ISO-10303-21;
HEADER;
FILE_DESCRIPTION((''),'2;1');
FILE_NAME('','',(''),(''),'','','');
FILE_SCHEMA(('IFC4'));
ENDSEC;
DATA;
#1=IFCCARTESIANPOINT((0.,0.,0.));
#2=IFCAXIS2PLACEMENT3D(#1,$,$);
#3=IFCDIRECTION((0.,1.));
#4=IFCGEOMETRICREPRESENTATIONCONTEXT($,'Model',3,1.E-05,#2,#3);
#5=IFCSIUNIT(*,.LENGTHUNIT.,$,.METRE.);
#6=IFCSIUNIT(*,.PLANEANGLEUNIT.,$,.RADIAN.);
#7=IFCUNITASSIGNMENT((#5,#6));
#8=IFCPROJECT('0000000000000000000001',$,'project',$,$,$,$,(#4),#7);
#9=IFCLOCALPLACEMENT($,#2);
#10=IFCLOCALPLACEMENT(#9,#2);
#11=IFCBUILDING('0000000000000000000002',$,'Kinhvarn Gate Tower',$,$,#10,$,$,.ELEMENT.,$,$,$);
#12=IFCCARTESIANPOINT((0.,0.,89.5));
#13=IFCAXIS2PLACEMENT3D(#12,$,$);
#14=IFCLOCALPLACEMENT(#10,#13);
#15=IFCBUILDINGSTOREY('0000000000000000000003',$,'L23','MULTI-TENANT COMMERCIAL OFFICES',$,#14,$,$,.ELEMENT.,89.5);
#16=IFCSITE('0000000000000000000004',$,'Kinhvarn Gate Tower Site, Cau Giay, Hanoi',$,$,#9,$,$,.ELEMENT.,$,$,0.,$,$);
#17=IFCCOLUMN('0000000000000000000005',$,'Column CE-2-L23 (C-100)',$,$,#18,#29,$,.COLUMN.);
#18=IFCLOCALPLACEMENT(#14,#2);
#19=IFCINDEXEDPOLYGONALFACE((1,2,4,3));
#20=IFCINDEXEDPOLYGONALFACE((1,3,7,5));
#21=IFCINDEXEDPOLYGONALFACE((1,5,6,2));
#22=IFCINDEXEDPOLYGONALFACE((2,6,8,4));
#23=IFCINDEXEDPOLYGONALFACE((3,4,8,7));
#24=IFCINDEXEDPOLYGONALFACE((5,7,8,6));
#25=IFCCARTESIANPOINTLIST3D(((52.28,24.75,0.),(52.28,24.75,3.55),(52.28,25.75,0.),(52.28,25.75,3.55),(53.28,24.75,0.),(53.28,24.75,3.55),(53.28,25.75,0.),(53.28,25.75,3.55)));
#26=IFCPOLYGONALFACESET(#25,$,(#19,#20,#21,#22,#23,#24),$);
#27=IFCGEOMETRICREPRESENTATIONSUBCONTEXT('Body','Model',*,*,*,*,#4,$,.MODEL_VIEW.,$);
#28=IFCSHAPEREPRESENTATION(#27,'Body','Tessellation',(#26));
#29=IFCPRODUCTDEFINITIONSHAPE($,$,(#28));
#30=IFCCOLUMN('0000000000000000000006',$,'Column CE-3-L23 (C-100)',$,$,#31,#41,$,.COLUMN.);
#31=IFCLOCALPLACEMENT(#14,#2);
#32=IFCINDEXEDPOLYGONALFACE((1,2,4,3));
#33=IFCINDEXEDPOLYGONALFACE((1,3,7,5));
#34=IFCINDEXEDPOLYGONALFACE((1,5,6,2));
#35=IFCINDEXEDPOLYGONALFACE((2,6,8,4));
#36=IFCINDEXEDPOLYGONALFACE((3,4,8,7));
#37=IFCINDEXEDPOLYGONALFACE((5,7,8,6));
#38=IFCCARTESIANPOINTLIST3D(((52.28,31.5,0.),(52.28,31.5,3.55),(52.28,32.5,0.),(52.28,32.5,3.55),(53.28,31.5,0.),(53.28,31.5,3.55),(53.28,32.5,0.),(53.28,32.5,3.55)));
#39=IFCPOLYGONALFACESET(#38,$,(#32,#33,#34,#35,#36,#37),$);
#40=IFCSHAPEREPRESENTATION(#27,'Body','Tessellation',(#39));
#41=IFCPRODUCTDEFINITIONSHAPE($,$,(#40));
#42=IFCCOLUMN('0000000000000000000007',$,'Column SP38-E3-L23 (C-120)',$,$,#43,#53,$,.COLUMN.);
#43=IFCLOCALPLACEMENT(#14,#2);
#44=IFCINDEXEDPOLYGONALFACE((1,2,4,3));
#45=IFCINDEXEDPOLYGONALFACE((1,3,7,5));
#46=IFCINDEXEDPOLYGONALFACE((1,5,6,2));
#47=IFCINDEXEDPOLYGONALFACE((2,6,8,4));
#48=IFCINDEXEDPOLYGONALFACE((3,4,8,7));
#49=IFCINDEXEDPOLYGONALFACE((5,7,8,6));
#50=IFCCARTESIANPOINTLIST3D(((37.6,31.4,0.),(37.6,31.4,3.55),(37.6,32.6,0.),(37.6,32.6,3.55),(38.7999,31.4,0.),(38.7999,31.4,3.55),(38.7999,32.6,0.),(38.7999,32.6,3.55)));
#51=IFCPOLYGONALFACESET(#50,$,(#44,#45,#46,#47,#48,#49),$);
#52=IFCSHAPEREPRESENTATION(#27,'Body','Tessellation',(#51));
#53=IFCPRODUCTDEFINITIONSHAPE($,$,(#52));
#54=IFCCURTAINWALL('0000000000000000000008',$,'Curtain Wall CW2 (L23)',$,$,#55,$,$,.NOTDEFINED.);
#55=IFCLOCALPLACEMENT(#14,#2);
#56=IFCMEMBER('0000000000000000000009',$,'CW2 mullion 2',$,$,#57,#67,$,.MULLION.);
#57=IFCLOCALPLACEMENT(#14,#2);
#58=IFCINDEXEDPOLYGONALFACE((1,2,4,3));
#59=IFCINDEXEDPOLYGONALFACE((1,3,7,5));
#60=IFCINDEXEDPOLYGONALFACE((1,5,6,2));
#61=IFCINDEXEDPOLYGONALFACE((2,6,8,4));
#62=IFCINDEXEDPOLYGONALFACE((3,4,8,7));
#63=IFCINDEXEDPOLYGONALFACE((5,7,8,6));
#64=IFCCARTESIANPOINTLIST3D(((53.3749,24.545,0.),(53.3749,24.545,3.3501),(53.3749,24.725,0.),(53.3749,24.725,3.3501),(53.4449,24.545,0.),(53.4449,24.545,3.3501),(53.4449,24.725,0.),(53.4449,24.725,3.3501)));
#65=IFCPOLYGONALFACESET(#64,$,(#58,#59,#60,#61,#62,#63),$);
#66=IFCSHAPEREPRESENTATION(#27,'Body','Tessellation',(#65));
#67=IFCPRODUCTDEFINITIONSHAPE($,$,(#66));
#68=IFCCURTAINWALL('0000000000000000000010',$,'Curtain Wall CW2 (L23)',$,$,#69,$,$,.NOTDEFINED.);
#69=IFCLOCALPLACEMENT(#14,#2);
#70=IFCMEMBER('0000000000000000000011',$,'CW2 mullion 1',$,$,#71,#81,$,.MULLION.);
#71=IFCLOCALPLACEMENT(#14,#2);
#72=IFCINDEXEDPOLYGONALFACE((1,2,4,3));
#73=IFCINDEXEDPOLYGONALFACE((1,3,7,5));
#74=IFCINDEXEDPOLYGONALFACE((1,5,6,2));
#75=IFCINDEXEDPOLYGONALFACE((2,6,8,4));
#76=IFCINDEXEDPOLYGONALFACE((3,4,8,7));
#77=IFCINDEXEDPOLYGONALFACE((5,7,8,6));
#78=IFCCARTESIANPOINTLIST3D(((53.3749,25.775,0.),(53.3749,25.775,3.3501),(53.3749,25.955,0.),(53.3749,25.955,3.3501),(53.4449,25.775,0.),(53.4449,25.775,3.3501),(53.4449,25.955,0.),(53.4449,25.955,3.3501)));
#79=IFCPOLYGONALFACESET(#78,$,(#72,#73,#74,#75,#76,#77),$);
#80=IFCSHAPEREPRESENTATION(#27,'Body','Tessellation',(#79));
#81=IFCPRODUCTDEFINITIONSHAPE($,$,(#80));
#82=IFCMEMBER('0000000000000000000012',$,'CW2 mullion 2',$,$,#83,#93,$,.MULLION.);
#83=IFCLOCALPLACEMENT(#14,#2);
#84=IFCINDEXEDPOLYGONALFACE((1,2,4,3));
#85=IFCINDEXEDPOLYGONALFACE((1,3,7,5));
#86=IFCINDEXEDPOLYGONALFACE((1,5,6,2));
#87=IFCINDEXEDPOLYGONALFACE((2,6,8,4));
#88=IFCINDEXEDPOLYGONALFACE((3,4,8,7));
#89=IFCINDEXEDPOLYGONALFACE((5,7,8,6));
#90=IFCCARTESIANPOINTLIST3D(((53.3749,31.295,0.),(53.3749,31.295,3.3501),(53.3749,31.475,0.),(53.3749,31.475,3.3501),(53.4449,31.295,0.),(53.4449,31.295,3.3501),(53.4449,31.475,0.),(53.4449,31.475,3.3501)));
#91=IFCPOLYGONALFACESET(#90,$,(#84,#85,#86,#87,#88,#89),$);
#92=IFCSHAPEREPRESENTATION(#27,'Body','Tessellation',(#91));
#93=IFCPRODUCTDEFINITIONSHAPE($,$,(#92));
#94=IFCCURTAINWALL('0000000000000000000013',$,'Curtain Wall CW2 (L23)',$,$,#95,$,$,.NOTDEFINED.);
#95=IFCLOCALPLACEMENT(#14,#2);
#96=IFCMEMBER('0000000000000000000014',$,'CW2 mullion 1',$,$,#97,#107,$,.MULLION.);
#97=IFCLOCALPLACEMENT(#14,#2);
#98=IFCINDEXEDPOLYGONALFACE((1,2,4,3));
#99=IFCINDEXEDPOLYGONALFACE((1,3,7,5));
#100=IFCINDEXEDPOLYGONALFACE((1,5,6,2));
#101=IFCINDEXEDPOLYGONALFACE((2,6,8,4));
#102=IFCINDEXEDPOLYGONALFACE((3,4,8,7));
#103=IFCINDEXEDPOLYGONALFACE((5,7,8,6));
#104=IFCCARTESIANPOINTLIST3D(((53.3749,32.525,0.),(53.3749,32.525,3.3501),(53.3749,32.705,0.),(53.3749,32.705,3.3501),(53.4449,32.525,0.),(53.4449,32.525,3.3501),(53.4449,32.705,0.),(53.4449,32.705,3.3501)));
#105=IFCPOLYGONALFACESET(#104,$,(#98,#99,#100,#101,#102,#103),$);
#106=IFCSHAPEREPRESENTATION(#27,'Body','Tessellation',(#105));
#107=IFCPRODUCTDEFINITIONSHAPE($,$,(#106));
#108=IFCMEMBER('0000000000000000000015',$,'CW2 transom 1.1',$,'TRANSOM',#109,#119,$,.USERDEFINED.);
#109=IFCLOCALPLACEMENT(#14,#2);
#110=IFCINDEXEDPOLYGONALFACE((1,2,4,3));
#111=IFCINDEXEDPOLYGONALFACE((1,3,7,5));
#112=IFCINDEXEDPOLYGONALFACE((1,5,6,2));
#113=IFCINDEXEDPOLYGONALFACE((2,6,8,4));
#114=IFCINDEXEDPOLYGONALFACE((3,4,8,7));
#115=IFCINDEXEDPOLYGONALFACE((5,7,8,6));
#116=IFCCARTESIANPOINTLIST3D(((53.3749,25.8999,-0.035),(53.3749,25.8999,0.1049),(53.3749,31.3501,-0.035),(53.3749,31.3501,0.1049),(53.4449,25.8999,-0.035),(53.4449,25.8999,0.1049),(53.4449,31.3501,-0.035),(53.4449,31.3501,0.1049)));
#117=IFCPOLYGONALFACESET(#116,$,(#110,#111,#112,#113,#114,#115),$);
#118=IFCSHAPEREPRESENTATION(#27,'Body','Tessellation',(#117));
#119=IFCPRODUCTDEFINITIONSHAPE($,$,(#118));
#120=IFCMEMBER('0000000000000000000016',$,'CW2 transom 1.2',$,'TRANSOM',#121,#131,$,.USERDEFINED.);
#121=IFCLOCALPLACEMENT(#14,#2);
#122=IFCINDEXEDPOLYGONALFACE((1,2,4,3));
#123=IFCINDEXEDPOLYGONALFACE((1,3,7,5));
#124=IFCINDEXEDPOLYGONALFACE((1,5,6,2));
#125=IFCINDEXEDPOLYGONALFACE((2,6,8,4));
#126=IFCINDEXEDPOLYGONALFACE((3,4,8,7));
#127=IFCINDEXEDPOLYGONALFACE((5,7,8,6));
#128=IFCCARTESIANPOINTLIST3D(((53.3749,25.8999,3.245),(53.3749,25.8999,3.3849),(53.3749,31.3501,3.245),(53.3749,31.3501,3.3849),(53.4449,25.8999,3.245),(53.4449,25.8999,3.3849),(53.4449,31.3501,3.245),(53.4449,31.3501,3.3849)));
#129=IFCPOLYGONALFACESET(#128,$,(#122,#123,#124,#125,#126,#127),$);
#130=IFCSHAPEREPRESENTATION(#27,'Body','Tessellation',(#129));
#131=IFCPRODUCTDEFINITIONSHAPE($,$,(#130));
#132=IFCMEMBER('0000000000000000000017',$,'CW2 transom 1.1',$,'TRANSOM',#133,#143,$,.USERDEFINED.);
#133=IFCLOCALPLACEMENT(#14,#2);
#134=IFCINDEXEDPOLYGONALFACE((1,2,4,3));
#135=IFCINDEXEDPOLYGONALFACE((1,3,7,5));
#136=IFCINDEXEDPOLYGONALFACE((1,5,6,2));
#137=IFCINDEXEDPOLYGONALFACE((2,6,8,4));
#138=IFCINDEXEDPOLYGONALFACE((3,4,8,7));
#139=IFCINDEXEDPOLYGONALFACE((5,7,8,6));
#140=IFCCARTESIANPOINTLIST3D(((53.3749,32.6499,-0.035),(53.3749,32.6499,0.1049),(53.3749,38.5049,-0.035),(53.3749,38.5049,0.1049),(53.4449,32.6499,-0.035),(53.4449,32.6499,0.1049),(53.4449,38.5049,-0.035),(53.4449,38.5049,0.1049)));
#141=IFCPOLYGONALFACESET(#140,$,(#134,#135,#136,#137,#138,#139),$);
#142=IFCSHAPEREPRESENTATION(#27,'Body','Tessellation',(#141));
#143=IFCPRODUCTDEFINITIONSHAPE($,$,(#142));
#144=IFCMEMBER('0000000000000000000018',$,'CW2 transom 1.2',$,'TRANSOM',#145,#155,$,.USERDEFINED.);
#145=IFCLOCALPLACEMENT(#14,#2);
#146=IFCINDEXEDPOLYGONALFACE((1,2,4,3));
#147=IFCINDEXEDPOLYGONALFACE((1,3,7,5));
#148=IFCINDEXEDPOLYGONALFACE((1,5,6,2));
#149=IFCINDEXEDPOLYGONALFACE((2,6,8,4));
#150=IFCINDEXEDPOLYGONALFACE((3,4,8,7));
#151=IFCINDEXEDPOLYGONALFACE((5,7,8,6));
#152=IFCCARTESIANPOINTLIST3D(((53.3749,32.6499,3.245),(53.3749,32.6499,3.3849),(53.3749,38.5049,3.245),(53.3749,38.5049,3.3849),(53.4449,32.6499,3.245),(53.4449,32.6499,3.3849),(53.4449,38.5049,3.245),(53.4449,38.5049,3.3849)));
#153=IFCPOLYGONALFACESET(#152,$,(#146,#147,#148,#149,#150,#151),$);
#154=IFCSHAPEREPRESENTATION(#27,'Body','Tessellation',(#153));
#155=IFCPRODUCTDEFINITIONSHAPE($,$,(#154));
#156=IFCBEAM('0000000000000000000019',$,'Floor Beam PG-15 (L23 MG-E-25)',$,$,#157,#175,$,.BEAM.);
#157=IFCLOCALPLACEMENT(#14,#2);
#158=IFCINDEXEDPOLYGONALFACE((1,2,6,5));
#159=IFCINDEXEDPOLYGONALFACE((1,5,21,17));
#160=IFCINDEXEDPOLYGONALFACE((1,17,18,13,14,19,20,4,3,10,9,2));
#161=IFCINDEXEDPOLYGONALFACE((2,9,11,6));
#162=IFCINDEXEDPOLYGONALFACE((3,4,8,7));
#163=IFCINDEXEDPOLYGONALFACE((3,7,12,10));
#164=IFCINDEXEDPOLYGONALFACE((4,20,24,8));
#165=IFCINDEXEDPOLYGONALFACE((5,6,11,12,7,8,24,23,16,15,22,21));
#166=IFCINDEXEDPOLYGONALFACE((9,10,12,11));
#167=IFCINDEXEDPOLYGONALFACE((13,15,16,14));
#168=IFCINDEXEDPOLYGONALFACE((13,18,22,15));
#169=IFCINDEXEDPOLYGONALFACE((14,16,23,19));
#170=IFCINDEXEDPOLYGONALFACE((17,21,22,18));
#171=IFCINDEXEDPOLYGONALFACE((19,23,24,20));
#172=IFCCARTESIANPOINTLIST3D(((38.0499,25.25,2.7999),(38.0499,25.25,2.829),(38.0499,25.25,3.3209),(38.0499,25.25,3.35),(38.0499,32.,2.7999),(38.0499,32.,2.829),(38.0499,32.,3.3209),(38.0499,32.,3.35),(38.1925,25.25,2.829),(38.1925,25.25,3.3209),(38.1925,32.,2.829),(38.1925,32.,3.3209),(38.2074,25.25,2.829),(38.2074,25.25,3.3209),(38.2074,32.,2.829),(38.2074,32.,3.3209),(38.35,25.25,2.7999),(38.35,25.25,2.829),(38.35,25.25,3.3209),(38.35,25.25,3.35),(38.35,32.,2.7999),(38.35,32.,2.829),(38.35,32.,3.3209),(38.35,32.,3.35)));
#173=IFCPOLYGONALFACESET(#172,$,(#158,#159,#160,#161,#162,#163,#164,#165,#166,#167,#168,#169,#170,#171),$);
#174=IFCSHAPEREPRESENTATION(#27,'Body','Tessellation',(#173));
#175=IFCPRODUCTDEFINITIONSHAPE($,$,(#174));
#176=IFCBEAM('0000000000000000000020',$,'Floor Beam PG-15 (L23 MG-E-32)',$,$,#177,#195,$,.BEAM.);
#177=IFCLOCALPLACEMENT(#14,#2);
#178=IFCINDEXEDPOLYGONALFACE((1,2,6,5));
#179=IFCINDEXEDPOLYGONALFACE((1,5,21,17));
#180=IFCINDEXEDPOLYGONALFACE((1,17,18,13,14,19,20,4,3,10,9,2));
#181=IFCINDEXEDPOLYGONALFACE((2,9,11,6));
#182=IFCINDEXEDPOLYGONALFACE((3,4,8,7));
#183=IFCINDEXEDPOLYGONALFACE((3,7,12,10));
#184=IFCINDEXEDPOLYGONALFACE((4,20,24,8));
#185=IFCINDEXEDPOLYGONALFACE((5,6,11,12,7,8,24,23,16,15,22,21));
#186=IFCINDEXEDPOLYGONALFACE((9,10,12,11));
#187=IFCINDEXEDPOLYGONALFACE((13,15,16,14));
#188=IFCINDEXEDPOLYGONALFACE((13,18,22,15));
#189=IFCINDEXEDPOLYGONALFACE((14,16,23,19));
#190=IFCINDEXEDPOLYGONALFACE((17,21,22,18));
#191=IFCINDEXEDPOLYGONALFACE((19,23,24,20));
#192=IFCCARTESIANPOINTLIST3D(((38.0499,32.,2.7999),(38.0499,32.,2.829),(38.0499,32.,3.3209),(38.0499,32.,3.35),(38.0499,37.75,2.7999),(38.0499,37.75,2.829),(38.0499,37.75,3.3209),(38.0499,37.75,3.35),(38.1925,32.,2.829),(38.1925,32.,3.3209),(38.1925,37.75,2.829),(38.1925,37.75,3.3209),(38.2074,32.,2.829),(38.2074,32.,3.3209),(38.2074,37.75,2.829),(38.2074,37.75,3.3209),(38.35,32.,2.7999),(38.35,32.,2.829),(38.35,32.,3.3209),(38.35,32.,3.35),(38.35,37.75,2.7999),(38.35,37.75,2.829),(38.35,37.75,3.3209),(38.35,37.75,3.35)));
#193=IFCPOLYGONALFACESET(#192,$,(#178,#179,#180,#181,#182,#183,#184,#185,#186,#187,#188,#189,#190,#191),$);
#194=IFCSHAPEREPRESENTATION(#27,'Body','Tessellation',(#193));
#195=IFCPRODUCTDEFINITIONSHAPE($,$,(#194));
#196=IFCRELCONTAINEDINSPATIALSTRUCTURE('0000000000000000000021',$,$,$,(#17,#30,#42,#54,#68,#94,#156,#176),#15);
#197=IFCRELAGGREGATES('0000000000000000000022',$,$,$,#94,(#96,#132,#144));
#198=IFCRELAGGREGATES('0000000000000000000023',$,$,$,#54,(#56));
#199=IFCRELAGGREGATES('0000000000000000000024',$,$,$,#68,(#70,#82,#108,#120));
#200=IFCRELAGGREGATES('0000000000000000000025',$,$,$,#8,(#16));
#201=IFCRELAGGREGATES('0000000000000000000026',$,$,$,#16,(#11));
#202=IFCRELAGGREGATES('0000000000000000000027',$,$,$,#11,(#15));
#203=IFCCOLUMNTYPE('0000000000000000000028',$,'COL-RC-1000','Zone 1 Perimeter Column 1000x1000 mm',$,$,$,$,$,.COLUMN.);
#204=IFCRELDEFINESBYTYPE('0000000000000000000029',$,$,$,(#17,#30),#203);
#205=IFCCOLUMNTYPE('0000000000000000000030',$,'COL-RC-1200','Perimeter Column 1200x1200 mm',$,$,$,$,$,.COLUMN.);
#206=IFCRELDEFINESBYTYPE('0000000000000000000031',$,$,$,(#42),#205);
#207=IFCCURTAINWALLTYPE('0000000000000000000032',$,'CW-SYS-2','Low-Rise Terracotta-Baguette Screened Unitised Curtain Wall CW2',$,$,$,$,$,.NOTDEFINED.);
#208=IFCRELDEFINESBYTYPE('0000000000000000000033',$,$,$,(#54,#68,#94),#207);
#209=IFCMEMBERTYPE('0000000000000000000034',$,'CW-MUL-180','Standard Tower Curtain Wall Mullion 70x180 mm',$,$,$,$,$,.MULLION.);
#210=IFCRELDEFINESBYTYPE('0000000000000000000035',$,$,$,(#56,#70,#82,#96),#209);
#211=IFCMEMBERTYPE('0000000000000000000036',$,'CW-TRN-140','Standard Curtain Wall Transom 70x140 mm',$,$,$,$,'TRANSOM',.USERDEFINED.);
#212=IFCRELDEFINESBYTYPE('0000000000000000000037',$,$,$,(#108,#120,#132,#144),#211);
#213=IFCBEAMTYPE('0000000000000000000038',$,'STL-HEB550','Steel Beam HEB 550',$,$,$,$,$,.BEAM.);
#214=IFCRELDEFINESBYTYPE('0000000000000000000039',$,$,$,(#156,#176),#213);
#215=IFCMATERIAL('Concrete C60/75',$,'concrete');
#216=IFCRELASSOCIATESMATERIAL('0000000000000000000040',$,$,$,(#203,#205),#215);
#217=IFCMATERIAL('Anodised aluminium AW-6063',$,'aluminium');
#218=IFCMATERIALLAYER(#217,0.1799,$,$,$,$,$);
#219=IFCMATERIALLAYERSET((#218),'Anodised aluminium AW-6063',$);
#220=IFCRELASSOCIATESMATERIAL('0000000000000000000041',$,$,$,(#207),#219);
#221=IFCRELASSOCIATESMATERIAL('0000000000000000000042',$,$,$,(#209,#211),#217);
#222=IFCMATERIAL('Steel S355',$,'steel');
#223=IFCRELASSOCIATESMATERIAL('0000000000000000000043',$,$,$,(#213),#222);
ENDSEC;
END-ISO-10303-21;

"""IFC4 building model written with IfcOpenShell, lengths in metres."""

from ifc_helpers import new_model, si_unit, direction, frame, origin, origin_2d, place, context, subcontext, project, spatial, rectangle, i_section, extrude, material, layer, layer_set, material_profile, profile_set, type_object, element, aggregate, save


model = new_model("IFC4")

# Units and contexts
model_context = context("Model", 3, precision=1e-05, world=origin(), true_north=direction((0.0, 1.0)))
body_context = subcontext(model_context, "Body", "Model", "MODEL_VIEW")
ifc_project = project(units=[si_unit("LENGTHUNIT", "METRE"), si_unit("PLANEANGLEUNIT", "RADIAN")], contexts=[model_context])

# Site, building, storey
site_placement = place(None, origin())
site = spatial("IfcSite", under=ifc_project, at=site_placement, Name="Kinhvarn Gate Tower Site, Cau Giay, Hanoi", CompositionType="ELEMENT", RefElevation=0.0)
building_placement = place(site_placement, origin())
building = spatial("IfcBuilding", under=site, at=building_placement, Name="Kinhvarn Gate Tower", CompositionType="ELEMENT")
storey_placement = place(building_placement, frame((0.0, 0.0, 89.5)))
storey = spatial("IfcBuildingStorey", under=building, at=storey_placement, Name="L23", Description="MULTI-TENANT COMMERCIAL OFFICES", CompositionType="ELEMENT", Elevation=89.5)

# Columns
ifc_material_1 = material(Name="Concrete C60/75", Category="concrete")
ifc_material_profile_1 = material_profile(ifc_material_1, rectangle(XDim=1.0, YDim=1.0, at=origin_2d()), Name="RC 1000x1000")
ifc_profile_set_1 = profile_set([ifc_material_profile_1], Name="Concrete C60/75")
column_type_1 = type_object("IfcColumnType", Name="COL-RC-1000", Description="Zone 1 Perimeter Column 1000x1000 mm", PredefinedType="COLUMN", material=ifc_profile_set_1)
for number, where, z_axis, x_axis, name in (
    (1, (52.78, 25.25, 0.0), (0.0, 0.0, 1.0), (1.0, 0.0, 0.0), "Column CE-2-L23 (C-100)"),
    (2, (52.78, 32.0, 0.0), (0.0, 0.0, 1.0), (1.0, 0.0, 0.0), "Column CE-3-L23 (C-100)"),
):
    element("IfcColumn", number, at=place(storey_placement, frame(where, z_axis=z_axis, x_axis=x_axis)), inside=storey, type_object=column_type_1, Name=name, PredefinedType="COLUMN", context=body_context, shape_type="SweptSolid", body=[
        extrude(rectangle(XDim=1.0, YDim=1.0, at=origin_2d()), origin(), (0.0, 0.0, 1.0), 3.55),
    ])
ifc_material_profile_2 = material_profile(ifc_material_1, rectangle(XDim=1.2, YDim=1.2, at=origin_2d()), Name="RC 1200x1200")
ifc_profile_set_2 = profile_set([ifc_material_profile_2], Name="Concrete C60/75")
column_type_2 = type_object("IfcColumnType", Name="COL-RC-1200", Description="Perimeter Column 1200x1200 mm", PredefinedType="COLUMN", material=ifc_profile_set_2)
column_placement = place(storey_placement, frame((38.2, 32.0, 0.0), z_axis=(0.0, 0.0, 1.0), x_axis=(1.0, 0.0, 0.0)))
element("IfcColumn", 3, at=column_placement, inside=storey, type_object=column_type_2, Name="Column SP38-E3-L23 (C-120)", PredefinedType="COLUMN", context=body_context, shape_type="SweptSolid", body=[
    extrude(rectangle(XDim=1.2, YDim=1.2, at=origin_2d()), origin(), (0.0, 0.0, 1.0), 3.55),
])

# Curtain wall, member
ifc_material_2 = material(Name="Anodised aluminium AW-6063", Category="aluminium")
ifc_layer_1 = layer(ifc_material_2, 0.1799)
ifc_layer_set_1 = layer_set([ifc_layer_1], Name="Anodised aluminium AW-6063")
curtain_wall_type = type_object("IfcCurtainWallType", Name="CW-SYS-2", Description="Low-Rise Terracotta-Baguette Screened Unitised Curtain Wall CW2", PredefinedType="NOTDEFINED", material=ifc_layer_set_1)
curtain_wall_1_placement = place(storey_placement, origin())
curtain_wall_1 = element("IfcCurtainWall", 4, at=curtain_wall_1_placement, inside=storey, type_object=curtain_wall_type, Name="Curtain Wall CW2 (L23)", PredefinedType="NOTDEFINED")
ifc_material_profile_3 = material_profile(ifc_material_2, rectangle(XDim=0.0701, YDim=0.1799, at=origin_2d()), Name="ALU 70x180")
ifc_profile_set_3 = profile_set([ifc_material_profile_3], Name="Anodised aluminium AW-6063")
member_type_1 = type_object("IfcMemberType", Name="CW-MUL-180", Description="Standard Tower Curtain Wall Mullion 70x180 mm", PredefinedType="MULLION", material=ifc_profile_set_3)
member_1_placement = place(storey_placement, frame((53.4099, 24.635, 0.0), z_axis=(0.0, 0.0, 1.0), x_axis=(-1.0, 0.0, 0.0)))
member_1 = element("IfcMember", 5, at=member_1_placement, type_object=member_type_1, Name="CW2 mullion 2", PredefinedType="MULLION", context=body_context, shape_type="SweptSolid", body=[
    extrude(rectangle(XDim=0.0701, YDim=0.1799, at=origin_2d()), origin(), (0.0, 0.0, 1.0), 3.3501),
])

# Curtain wall, members
curtain_wall_2_placement = place(storey_placement, origin())
curtain_wall_2 = element("IfcCurtainWall", 6, at=curtain_wall_2_placement, inside=storey, type_object=curtain_wall_type, Name="Curtain Wall CW2 (L23)", PredefinedType="NOTDEFINED")
member_2_placement = place(storey_placement, frame((53.4099, 25.865, 0.0), z_axis=(0.0, 0.0, 1.0), x_axis=(-1.0, 0.0, 0.0)))
member_2 = element("IfcMember", 7, at=member_2_placement, type_object=member_type_1, Name="CW2 mullion 1", PredefinedType="MULLION", context=body_context, shape_type="SweptSolid", body=[
    extrude(rectangle(XDim=0.0701, YDim=0.1799, at=origin_2d()), origin(), (0.0, 0.0, 1.0), 3.3501),
])
member_3_placement = place(storey_placement, frame((53.4099, 31.385, 0.0), z_axis=(0.0, 0.0, 1.0), x_axis=(-1.0, 0.0, 0.0)))
member_3 = element("IfcMember", 8, at=member_3_placement, type_object=member_type_1, Name="CW2 mullion 2", PredefinedType="MULLION", context=body_context, shape_type="SweptSolid", body=[
    extrude(rectangle(XDim=0.0701, YDim=0.1799, at=origin_2d()), origin(), (0.0, 0.0, 1.0), 3.3501),
])

# Curtain wall, member
curtain_wall_3_placement = place(storey_placement, origin())
curtain_wall_3 = element("IfcCurtainWall", 9, at=curtain_wall_3_placement, inside=storey, type_object=curtain_wall_type, Name="Curtain Wall CW2 (L23)", PredefinedType="NOTDEFINED")
member_4_placement = place(storey_placement, frame((53.4099, 32.615, 0.0), z_axis=(0.0, 0.0, 1.0), x_axis=(-1.0, 0.0, 0.0)))
member_4 = element("IfcMember", 10, at=member_4_placement, type_object=member_type_1, Name="CW2 mullion 1", PredefinedType="MULLION", context=body_context, shape_type="SweptSolid", body=[
    extrude(rectangle(XDim=0.0701, YDim=0.1799, at=origin_2d()), origin(), (0.0, 0.0, 1.0), 3.3501),
])

# Members
ifc_material_profile_4 = material_profile(ifc_material_2, rectangle(XDim=0.0701, YDim=0.1399, at=origin_2d()), Name="ALU 70x140")
ifc_profile_set_4 = profile_set([ifc_material_profile_4], Name="Anodised aluminium AW-6063")
member_type_2 = type_object("IfcMemberType", Name="CW-TRN-140", Description="Standard Curtain Wall Transom 70x140 mm", ElementType="TRANSOM", PredefinedType="USERDEFINED", material=ifc_profile_set_4)
member_5_placement = place(storey_placement, frame((53.4099, 25.8999, 0.0349), z_axis=(0.0, 1.0, 0.0), x_axis=(-1.0, 0.0, 0.0)))
member_5 = element("IfcMember", 11, at=member_5_placement, type_object=member_type_2, Name="CW2 transom 1.1", ObjectType="TRANSOM", PredefinedType="USERDEFINED", context=body_context, shape_type="SweptSolid", body=[
    extrude(rectangle(XDim=0.0701, YDim=0.1399, at=origin_2d()), origin(), (0.0, 0.0, 1.0), 5.4502),
])
member_6_placement = place(storey_placement, frame((53.4099, 25.8999, 3.3149), z_axis=(0.0, 1.0, 0.0), x_axis=(-1.0, 0.0, 0.0)))
member_6 = element("IfcMember", 12, at=member_6_placement, type_object=member_type_2, Name="CW2 transom 1.2", ObjectType="TRANSOM", PredefinedType="USERDEFINED", context=body_context, shape_type="SweptSolid", body=[
    extrude(rectangle(XDim=0.0701, YDim=0.1399, at=origin_2d()), origin(), (0.0, 0.0, 1.0), 5.4502),
])
member_7_placement = place(storey_placement, frame((53.4099, 32.6499, 0.0349), z_axis=(0.0, 1.0, 0.0), x_axis=(-1.0, 0.0, 0.0)))
member_7 = element("IfcMember", 13, at=member_7_placement, type_object=member_type_2, Name="CW2 transom 1.1", ObjectType="TRANSOM", PredefinedType="USERDEFINED", context=body_context, shape_type="SweptSolid", body=[
    extrude(rectangle(XDim=0.0701, YDim=0.1399, at=origin_2d()), origin(), (0.0, 0.0, 1.0), 5.855),
])
member_8_placement = place(storey_placement, frame((53.4099, 32.6499, 3.3149), z_axis=(0.0, 1.0, 0.0), x_axis=(-1.0, 0.0, 0.0)))
member_8 = element("IfcMember", 14, at=member_8_placement, type_object=member_type_2, Name="CW2 transom 1.2", ObjectType="TRANSOM", PredefinedType="USERDEFINED", context=body_context, shape_type="SweptSolid", body=[
    extrude(rectangle(XDim=0.0701, YDim=0.1399, at=origin_2d()), origin(), (0.0, 0.0, 1.0), 5.855),
])
aggregate(curtain_wall_3, [member_4, member_7, member_8])

# Beams
ifc_material_3 = material(Name="Steel S355", Category="steel")
ifc_material_profile_5 = material_profile(ifc_material_3, i_section(OverallWidth=0.3, OverallDepth=0.55, WebThickness=0.0149, FlangeThickness=0.0291, at=origin_2d()), Name="HEB 550")
ifc_profile_set_5 = profile_set([ifc_material_profile_5], Name="Steel S355")
beam_type_1 = type_object("IfcBeamType", Name="STL-HEB550", Description="Steel Beam HEB 550", PredefinedType="BEAM", material=ifc_profile_set_5)
beam_1_placement = place(storey_placement, frame((38.2, 25.25, 3.075), z_axis=(0.0, 1.0, 0.0), x_axis=(-1.0, 0.0, 0.0)))
element("IfcBeam", 15, at=beam_1_placement, inside=storey, type_object=beam_type_1, Name="Floor Beam PG-15 (L23 MG-E-25)", PredefinedType="BEAM", context=body_context, shape_type="SweptSolid", body=[
    extrude(i_section(OverallWidth=0.3, OverallDepth=0.55, WebThickness=0.0149, FlangeThickness=0.0291, at=origin_2d()), origin(), (0.0, 0.0, 1.0), 6.75),
])
beam_2_placement = place(storey_placement, frame((38.2, 32.0, 3.075), z_axis=(0.0, 1.0, 0.0), x_axis=(-1.0, 0.0, 0.0)))
element("IfcBeam", 16, at=beam_2_placement, inside=storey, type_object=beam_type_1, Name="Floor Beam PG-15 (L23 MG-E-32)", PredefinedType="BEAM", context=body_context, shape_type="SweptSolid", body=[
    extrude(i_section(OverallWidth=0.3, OverallDepth=0.55, WebThickness=0.0149, FlangeThickness=0.0291, at=origin_2d()), origin(), (0.0, 0.0, 1.0), 5.75),
])

aggregate(curtain_wall_1, [member_1])
aggregate(curtain_wall_2, [member_2, member_3, member_5, member_6])

save(model, "model.ifc")
